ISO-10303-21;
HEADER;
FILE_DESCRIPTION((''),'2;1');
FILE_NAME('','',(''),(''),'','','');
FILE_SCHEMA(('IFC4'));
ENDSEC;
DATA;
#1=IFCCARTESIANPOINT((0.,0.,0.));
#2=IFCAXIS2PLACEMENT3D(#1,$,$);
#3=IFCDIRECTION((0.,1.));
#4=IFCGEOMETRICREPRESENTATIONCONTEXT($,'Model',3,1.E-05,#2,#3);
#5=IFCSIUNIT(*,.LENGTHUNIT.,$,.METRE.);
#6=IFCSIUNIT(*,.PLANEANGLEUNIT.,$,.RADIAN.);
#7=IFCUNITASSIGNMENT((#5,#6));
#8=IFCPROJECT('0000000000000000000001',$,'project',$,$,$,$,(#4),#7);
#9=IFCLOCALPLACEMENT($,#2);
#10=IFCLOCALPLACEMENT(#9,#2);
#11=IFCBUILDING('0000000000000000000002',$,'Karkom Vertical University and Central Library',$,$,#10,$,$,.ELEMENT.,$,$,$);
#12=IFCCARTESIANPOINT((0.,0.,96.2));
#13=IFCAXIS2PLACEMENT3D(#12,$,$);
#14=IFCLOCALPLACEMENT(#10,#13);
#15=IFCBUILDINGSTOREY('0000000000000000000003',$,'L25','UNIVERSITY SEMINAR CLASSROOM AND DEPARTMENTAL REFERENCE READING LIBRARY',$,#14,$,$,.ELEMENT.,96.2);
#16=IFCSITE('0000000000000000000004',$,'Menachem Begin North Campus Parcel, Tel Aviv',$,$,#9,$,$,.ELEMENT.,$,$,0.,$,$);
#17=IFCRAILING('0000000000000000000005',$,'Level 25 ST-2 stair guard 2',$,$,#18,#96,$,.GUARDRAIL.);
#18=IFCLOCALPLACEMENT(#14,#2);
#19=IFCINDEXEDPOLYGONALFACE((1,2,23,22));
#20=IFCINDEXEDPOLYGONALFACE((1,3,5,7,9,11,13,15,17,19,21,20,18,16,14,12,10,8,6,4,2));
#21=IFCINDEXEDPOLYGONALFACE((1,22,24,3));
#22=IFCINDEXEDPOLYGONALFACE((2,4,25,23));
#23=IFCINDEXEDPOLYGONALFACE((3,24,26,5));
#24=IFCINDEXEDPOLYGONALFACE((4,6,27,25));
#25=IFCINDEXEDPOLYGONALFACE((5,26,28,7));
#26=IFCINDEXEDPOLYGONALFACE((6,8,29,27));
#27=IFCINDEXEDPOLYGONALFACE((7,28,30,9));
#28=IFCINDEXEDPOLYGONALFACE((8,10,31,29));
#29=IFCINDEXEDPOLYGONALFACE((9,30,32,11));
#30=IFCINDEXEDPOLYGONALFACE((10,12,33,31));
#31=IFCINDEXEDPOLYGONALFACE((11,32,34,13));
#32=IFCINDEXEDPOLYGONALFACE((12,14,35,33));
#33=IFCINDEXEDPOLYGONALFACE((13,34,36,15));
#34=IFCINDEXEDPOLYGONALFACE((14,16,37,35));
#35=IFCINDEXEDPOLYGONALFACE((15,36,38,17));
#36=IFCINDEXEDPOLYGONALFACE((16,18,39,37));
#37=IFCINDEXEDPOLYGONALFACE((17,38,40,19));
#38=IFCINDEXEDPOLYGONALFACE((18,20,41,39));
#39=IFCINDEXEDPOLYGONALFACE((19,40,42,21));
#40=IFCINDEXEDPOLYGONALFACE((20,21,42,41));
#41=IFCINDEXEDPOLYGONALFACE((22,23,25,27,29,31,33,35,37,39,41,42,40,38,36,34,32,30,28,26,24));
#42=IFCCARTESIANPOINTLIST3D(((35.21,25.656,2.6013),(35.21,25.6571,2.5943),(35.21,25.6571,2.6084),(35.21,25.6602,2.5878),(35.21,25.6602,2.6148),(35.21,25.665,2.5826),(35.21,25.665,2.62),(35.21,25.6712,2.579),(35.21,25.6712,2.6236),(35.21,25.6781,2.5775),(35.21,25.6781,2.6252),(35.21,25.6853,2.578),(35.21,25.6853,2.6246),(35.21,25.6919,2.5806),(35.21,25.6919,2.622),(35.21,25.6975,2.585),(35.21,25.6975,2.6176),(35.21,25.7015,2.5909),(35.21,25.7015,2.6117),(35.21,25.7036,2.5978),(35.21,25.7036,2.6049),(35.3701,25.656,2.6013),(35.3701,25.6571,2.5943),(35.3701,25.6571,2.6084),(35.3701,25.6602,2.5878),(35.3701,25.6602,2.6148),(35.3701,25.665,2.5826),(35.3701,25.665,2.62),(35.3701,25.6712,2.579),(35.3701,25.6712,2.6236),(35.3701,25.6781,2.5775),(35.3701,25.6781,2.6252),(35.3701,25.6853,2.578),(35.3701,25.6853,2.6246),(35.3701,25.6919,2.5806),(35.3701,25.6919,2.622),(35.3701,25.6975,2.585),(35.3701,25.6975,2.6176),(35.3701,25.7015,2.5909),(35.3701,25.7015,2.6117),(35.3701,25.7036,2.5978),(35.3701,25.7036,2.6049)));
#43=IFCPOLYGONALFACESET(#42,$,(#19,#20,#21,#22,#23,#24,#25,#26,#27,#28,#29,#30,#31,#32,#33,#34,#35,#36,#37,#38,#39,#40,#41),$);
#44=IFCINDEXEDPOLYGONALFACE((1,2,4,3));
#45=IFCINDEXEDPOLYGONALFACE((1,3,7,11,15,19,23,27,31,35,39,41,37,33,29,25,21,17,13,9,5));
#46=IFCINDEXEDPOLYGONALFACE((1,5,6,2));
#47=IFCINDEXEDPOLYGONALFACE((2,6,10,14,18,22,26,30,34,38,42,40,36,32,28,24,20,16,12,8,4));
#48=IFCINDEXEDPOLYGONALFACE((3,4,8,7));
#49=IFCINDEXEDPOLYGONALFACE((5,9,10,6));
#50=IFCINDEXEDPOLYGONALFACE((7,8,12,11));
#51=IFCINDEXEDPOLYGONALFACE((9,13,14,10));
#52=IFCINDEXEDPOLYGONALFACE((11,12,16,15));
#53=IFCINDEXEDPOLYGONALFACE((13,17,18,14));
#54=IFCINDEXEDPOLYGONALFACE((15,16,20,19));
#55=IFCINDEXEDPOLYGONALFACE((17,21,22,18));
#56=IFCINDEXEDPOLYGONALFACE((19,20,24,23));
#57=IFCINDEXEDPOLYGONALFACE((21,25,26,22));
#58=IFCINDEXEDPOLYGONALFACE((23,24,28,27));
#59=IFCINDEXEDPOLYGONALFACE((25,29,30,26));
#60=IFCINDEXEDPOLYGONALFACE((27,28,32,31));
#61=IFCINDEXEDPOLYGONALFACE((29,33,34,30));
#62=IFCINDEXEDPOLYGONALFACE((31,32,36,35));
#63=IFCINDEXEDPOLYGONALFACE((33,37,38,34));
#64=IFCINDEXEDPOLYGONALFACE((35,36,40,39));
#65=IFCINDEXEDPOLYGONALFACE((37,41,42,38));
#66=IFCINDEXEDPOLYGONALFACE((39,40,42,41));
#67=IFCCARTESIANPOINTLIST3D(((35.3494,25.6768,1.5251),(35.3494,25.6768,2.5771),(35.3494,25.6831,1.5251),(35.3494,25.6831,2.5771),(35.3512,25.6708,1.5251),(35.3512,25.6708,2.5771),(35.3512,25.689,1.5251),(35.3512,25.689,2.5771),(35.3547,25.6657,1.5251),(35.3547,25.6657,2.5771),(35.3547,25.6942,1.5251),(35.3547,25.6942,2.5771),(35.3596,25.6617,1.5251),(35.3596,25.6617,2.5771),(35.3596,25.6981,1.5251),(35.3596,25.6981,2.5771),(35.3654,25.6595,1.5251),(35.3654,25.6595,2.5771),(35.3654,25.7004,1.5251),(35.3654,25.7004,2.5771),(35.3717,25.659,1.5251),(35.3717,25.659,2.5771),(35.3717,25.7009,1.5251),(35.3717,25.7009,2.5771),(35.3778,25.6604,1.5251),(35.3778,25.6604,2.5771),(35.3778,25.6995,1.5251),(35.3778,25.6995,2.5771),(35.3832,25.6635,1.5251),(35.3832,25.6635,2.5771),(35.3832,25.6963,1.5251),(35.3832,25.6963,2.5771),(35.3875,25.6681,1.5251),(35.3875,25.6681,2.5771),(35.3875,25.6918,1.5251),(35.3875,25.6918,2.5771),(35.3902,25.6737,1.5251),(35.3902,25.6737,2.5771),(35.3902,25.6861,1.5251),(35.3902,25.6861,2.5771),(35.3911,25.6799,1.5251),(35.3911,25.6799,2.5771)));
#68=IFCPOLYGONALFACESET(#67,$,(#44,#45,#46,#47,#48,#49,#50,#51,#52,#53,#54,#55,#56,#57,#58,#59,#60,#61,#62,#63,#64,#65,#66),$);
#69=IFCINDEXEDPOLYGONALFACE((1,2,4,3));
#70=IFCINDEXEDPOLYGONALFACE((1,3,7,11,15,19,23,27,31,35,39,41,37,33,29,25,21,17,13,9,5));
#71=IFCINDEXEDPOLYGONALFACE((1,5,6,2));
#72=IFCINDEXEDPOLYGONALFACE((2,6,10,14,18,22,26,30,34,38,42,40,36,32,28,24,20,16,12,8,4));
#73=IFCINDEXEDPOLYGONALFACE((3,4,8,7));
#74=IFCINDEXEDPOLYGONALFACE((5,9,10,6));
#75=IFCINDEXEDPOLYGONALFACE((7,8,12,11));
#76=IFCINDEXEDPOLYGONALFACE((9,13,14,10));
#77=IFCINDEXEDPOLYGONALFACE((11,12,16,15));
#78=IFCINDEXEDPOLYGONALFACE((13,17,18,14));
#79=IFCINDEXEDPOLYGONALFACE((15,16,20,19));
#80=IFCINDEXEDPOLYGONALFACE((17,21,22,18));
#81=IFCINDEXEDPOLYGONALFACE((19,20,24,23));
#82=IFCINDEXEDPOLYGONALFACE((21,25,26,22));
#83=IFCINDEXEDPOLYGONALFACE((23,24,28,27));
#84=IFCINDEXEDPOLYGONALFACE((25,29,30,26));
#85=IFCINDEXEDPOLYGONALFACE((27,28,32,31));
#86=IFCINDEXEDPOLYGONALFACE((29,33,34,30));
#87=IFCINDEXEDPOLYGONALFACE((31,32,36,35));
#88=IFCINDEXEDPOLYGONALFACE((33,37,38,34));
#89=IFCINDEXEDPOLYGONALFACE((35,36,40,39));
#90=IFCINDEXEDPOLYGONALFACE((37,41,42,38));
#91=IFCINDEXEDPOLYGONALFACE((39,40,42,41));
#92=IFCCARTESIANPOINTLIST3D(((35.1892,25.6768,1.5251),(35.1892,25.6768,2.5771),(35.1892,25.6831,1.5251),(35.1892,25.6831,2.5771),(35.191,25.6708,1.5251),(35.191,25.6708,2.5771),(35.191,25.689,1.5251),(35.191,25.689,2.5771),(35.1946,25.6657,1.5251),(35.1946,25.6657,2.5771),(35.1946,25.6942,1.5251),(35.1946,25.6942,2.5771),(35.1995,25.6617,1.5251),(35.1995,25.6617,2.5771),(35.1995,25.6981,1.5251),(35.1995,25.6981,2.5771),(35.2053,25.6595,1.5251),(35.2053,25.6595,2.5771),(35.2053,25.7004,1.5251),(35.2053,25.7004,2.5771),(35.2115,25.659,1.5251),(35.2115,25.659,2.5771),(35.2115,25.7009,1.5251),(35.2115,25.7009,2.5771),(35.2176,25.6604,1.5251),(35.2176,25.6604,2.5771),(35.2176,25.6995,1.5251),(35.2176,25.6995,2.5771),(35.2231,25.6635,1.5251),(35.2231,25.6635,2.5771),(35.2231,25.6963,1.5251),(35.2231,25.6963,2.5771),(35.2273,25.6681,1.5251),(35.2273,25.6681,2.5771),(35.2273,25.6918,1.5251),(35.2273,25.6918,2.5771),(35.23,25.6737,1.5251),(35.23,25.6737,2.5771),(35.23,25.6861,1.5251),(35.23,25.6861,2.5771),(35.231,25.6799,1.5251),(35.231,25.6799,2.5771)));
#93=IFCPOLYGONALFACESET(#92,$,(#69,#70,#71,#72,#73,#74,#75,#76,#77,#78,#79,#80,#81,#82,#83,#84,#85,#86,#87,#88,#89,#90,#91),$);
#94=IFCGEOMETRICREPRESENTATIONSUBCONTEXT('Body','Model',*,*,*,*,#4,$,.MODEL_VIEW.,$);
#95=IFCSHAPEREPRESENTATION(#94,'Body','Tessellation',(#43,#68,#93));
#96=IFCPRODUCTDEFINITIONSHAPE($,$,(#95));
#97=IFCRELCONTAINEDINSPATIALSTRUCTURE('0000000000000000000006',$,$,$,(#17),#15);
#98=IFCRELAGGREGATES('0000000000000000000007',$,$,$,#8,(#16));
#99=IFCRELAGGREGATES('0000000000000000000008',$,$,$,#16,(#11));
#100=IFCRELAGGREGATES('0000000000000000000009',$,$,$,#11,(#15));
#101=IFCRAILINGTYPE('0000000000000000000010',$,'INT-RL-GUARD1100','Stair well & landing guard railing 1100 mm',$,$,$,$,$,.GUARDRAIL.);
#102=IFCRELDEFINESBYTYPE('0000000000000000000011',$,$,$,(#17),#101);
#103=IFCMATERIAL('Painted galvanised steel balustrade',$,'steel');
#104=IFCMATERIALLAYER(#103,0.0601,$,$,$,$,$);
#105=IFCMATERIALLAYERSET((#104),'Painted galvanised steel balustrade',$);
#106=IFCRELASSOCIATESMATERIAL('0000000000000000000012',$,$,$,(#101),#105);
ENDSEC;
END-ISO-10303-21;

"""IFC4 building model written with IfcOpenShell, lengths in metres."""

from ifc_helpers import new_model, si_unit, direction, frame, origin, origin_2d, place, context, subcontext, project, spatial, circle, extrude, material, layer, layer_set, type_object, element, save


model = new_model("IFC4")

# Units and contexts
model_context = context("Model", 3, precision=1e-05, world=origin(), true_north=direction((0.0, 1.0)))
body_context = subcontext(model_context, "Body", "Model", "MODEL_VIEW")
ifc_project = project(units=[si_unit("LENGTHUNIT", "METRE"), si_unit("PLANEANGLEUNIT", "RADIAN")], contexts=[model_context])

# Site, building, storey
site_placement = place(None, origin())
site = spatial("IfcSite", under=ifc_project, at=site_placement, Name="Menachem Begin North Campus Parcel, Tel Aviv", CompositionType="ELEMENT", RefElevation=0.0)
building_placement = place(site_placement, origin())
building = spatial("IfcBuilding", under=site, at=building_placement, Name="Karkom Vertical University and Central Library", CompositionType="ELEMENT")
storey_placement = place(building_placement, frame((0.0, 0.0, 96.2)))
storey = spatial("IfcBuildingStorey", under=building, at=storey_placement, Name="L25", Description="UNIVERSITY SEMINAR CLASSROOM AND DEPARTMENTAL REFERENCE READING LIBRARY", CompositionType="ELEMENT", Elevation=96.2)

# Railing
ifc_material_1 = material(Name="Painted galvanised steel balustrade", Category="steel")
ifc_layer_1 = layer(ifc_material_1, 0.0601)
ifc_layer_set_1 = layer_set([ifc_layer_1], Name="Painted galvanised steel balustrade")
railing_type = type_object("IfcRailingType", Name="INT-RL-GUARD1100", Description="Stair well & landing guard railing 1100 mm", PredefinedType="GUARDRAIL", material=ifc_layer_set_1)
railing_1_placement = place(storey_placement, frame((35.3701, 25.6799, 1.5251)))
element("IfcRailing", 1, at=railing_1_placement, inside=storey, type_object=railing_type, Name="Level 25 ST-2 stair guard 2", PredefinedType="GUARDRAIL", context=body_context, shape_type="SweptSolid", body=[
    extrude(circle(Radius=0.0239, at=origin_2d()), frame((0.0, 0.0, 1.0762), z_axis=(-1.0, 0.0, 0.0), x_axis=(0.0, -1.0, 0.0)), (0.0, 0.0, 1.0), 0.1602),
    extrude(circle(Radius=0.021, at=origin_2d()), origin(), (0.0, 0.0, 1.0), 1.052),
    extrude(circle(Radius=0.021, at=origin_2d()), frame((-0.1602, 0.0, 0.0)), (0.0, 0.0, 1.0), 1.052),
])

save(model, "model.ifc")
